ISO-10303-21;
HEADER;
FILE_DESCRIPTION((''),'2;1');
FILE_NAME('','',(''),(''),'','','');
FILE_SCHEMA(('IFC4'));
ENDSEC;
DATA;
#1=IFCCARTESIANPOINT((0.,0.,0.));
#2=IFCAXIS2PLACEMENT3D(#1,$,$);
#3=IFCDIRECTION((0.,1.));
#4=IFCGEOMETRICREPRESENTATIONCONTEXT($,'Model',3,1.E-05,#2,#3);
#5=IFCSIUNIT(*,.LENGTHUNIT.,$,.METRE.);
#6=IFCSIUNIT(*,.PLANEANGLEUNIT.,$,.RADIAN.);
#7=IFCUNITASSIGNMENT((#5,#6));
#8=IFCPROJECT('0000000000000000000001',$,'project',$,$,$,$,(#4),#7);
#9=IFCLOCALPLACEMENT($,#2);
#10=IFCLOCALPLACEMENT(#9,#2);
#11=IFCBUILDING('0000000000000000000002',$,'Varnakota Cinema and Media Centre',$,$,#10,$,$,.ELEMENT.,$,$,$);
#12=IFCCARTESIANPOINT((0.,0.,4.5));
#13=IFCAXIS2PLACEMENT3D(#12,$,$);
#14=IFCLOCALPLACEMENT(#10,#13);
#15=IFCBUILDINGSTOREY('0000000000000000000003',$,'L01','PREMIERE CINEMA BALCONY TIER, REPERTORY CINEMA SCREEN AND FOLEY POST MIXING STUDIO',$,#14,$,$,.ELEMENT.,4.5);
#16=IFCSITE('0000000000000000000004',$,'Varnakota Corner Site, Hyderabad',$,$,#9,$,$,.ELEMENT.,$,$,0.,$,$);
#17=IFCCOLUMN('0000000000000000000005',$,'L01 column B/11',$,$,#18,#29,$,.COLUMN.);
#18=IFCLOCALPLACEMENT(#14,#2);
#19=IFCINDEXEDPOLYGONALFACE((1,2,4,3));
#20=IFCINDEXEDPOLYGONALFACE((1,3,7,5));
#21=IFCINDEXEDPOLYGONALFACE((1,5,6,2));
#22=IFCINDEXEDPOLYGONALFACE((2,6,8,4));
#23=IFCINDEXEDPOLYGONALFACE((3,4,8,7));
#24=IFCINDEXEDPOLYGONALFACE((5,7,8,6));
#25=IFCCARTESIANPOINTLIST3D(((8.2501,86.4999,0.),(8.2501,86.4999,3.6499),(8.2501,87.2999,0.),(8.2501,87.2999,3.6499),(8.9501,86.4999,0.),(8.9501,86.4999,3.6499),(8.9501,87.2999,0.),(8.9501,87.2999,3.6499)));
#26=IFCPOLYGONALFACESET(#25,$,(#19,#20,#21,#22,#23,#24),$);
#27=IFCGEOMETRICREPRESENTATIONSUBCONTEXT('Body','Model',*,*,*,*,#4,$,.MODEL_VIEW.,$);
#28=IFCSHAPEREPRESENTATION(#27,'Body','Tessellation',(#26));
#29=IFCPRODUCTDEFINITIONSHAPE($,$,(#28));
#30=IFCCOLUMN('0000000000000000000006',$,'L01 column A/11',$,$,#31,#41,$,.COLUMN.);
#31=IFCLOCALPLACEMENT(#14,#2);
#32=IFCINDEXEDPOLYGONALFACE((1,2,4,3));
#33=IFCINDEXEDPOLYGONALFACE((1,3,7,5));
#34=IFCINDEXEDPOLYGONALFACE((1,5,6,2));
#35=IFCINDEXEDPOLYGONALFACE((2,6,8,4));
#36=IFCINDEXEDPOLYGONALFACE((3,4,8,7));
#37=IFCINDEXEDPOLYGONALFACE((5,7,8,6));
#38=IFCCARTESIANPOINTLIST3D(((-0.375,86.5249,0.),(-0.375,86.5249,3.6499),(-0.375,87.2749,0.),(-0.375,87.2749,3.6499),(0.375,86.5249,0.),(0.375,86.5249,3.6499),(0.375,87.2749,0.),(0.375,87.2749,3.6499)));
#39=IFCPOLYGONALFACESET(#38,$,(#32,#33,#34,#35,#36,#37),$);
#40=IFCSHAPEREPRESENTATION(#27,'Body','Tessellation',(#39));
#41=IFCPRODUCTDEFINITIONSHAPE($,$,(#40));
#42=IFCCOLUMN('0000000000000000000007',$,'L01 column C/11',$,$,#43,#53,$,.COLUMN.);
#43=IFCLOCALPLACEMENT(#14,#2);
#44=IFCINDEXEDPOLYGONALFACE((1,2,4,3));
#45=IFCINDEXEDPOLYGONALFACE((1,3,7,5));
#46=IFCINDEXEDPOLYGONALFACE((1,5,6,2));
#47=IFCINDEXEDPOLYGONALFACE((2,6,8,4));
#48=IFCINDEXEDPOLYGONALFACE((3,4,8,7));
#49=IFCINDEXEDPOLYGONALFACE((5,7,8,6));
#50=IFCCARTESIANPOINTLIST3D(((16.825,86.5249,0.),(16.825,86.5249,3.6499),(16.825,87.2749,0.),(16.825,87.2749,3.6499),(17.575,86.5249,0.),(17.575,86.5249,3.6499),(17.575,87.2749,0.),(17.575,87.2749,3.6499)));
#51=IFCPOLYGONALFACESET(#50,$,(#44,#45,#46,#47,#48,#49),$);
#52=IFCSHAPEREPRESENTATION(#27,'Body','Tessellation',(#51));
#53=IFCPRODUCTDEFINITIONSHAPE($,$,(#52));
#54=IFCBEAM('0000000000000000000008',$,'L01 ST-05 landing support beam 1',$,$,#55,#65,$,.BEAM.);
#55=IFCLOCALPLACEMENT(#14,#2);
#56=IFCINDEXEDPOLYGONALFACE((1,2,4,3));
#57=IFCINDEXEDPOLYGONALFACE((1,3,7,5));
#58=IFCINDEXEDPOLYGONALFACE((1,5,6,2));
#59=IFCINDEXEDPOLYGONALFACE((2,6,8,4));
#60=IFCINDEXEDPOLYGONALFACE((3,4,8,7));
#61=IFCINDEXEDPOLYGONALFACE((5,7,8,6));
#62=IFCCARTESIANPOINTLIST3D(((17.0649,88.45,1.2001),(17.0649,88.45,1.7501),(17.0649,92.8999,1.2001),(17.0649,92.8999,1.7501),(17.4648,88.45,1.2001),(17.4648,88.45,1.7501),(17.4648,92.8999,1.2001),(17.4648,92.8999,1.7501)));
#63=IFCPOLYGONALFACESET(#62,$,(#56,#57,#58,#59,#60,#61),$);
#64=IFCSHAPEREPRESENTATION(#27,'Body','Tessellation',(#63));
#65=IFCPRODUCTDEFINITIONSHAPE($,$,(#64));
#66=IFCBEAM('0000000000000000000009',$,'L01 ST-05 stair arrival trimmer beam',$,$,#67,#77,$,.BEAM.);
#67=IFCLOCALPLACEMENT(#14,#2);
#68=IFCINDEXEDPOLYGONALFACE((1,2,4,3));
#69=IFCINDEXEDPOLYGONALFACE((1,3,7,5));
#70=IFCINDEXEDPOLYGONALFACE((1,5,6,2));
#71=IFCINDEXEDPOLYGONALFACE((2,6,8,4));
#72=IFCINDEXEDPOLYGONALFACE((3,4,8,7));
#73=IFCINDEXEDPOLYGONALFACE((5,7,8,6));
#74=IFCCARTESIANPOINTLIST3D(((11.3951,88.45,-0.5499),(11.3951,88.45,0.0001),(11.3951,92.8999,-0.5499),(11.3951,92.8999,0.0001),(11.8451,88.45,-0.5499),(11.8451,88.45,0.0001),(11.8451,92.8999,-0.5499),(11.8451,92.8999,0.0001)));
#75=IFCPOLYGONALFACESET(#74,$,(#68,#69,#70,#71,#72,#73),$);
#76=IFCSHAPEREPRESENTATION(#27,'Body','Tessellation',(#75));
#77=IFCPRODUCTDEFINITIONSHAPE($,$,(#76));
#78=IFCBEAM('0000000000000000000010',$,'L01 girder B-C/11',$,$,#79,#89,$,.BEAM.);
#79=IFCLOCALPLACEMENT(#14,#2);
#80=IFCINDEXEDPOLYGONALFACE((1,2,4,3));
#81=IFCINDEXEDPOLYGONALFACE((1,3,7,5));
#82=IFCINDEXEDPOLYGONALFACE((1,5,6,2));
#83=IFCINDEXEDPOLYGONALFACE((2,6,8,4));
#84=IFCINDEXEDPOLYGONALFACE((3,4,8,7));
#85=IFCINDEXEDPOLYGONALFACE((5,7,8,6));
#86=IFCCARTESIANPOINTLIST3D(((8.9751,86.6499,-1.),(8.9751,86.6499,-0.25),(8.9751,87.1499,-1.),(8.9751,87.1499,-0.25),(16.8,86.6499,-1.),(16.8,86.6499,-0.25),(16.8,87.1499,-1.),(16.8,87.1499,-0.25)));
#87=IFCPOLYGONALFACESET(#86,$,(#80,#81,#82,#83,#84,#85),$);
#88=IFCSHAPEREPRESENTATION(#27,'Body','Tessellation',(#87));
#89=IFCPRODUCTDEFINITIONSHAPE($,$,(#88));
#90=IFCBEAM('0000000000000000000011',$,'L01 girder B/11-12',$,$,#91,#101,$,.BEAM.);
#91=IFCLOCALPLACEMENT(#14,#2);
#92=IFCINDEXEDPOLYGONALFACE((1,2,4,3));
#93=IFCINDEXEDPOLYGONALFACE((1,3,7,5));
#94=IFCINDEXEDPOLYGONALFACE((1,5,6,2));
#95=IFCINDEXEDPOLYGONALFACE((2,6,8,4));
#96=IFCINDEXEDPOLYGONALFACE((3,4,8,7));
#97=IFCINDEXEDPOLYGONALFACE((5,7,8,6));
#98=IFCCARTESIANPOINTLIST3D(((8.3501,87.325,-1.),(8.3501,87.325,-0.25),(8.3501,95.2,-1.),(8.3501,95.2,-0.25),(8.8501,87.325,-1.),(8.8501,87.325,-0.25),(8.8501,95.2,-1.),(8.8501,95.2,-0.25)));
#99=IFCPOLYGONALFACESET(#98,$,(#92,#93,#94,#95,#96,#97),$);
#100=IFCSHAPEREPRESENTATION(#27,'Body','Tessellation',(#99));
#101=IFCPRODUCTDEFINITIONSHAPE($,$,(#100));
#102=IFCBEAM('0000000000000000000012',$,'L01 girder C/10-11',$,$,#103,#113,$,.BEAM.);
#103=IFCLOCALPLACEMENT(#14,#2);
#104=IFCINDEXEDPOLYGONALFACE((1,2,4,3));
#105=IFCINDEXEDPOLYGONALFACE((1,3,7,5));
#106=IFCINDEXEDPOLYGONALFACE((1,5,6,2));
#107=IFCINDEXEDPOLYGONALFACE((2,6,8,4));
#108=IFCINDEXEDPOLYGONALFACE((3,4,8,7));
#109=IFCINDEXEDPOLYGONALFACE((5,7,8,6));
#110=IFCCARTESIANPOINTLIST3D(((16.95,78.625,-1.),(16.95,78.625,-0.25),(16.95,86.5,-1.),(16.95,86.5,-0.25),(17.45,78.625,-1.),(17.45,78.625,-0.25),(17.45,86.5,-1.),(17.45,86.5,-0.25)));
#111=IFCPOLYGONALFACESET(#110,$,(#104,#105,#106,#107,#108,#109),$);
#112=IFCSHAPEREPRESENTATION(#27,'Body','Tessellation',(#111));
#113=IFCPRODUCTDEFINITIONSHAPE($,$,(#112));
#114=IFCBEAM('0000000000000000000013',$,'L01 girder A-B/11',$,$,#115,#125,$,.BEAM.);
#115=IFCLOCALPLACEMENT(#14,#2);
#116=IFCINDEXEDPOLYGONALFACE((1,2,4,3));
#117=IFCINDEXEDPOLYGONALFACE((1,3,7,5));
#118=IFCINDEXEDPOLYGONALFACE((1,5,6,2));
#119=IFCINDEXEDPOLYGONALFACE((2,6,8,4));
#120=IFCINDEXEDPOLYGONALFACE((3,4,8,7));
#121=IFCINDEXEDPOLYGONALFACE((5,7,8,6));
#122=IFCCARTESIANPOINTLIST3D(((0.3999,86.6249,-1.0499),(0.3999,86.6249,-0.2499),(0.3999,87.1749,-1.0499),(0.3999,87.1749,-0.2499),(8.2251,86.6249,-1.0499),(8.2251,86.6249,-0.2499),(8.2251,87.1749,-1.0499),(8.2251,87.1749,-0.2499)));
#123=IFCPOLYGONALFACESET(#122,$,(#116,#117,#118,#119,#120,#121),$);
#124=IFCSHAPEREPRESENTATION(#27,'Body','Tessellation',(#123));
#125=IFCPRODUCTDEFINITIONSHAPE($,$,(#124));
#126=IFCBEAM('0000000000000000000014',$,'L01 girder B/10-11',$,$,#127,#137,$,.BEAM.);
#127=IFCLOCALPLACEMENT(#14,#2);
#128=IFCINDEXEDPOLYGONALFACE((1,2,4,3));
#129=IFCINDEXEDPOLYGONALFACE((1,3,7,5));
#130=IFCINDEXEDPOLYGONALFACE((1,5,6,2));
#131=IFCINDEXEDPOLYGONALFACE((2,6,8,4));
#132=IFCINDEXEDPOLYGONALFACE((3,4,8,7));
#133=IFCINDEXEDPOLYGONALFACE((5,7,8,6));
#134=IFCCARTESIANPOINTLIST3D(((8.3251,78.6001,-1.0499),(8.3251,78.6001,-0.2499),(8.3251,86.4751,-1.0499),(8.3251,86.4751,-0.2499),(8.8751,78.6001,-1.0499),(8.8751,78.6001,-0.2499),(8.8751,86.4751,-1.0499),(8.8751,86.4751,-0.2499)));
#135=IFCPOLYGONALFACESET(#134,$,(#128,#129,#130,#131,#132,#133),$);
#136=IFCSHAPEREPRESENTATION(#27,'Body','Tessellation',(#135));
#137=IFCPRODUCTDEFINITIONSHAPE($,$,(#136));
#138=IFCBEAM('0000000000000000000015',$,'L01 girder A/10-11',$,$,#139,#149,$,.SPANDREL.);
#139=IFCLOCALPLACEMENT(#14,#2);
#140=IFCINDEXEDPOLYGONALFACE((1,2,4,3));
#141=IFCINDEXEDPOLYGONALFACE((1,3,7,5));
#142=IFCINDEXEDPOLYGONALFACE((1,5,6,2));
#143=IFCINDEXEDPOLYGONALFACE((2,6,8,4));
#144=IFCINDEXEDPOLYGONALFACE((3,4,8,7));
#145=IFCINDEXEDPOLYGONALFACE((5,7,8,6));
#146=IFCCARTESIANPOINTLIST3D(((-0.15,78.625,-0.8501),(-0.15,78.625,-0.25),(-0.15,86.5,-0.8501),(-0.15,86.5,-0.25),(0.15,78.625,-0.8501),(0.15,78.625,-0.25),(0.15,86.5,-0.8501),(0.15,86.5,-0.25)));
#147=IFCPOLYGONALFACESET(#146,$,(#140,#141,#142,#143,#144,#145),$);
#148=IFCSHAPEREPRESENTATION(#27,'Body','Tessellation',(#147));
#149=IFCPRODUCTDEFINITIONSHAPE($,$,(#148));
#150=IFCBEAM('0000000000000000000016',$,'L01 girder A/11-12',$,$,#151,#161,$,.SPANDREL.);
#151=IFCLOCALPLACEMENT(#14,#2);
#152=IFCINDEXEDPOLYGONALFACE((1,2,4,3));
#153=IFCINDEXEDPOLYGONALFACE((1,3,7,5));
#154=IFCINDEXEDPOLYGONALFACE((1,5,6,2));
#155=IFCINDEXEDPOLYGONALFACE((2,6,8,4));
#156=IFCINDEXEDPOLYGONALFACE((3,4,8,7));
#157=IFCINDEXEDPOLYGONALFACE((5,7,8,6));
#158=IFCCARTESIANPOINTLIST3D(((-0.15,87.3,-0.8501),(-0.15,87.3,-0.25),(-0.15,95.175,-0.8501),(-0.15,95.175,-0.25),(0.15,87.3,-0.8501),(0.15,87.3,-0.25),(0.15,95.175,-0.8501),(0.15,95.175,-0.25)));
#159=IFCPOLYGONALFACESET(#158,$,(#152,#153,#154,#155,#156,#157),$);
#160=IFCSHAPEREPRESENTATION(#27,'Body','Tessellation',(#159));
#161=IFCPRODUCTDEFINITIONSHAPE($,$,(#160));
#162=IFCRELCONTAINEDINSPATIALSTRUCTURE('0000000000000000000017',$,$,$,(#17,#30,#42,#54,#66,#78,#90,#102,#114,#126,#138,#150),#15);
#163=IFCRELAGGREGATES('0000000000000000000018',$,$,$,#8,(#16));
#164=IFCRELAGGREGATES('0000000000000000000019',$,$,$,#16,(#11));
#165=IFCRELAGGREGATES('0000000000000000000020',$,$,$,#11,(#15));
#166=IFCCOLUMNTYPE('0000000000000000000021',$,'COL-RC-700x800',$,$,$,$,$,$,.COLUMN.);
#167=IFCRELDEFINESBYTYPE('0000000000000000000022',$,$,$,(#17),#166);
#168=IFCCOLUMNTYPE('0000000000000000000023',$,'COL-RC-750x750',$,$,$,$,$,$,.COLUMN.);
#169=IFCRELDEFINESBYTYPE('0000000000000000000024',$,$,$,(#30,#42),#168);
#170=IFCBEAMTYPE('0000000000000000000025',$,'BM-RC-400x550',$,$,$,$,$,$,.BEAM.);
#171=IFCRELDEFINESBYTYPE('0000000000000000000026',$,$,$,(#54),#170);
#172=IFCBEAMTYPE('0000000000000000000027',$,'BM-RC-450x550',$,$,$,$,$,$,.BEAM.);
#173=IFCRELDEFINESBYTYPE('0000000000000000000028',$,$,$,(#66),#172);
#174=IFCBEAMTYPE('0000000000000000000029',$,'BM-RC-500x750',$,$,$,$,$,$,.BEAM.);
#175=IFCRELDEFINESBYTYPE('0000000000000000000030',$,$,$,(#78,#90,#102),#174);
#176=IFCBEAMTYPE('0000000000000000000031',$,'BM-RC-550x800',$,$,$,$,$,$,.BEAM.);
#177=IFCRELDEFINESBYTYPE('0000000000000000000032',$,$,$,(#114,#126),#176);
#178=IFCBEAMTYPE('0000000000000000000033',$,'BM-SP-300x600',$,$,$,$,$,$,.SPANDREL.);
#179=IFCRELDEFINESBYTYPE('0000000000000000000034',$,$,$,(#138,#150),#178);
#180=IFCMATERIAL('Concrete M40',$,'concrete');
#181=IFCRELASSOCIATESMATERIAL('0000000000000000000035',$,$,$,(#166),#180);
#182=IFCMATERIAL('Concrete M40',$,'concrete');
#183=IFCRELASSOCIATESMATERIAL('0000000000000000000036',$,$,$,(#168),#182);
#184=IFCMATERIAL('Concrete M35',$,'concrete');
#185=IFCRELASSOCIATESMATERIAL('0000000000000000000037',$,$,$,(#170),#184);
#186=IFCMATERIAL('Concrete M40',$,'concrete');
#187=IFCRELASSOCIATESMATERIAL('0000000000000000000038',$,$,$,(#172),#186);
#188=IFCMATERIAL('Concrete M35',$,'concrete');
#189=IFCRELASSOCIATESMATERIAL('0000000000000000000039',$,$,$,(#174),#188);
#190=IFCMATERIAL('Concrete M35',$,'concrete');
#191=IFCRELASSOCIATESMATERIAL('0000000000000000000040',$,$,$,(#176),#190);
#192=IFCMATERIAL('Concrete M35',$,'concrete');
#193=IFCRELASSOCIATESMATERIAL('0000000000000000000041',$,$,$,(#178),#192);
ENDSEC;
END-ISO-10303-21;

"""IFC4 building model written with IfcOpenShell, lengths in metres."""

from ifc_helpers import new_model, si_unit, direction, frame, origin, origin_2d, place, context, subcontext, project, spatial, rectangle, extrude, material, material_profile, profile_set, type_object, element, save


model = new_model("IFC4")

# Units and contexts
model_context = context("Model", 3, precision=1e-05, world=origin(), true_north=direction((0.0, 1.0)))
body_context = subcontext(model_context, "Body", "Model", "MODEL_VIEW")
ifc_project = project(units=[si_unit("LENGTHUNIT", "METRE"), si_unit("PLANEANGLEUNIT", "RADIAN")], contexts=[model_context])

# Site, building, storey
site_placement = place(None, origin())
site = spatial("IfcSite", under=ifc_project, at=site_placement, Name="Varnakota Corner Site, Hyderabad", CompositionType="ELEMENT", RefElevation=0.0)
building_placement = place(site_placement, origin())
building = spatial("IfcBuilding", under=site, at=building_placement, Name="Varnakota Cinema and Media Centre", CompositionType="ELEMENT")
storey_placement = place(building_placement, frame((0.0, 0.0, 4.5)))
storey = spatial("IfcBuildingStorey", under=building, at=storey_placement, Name="L01", Description="PREMIERE CINEMA BALCONY TIER, REPERTORY CINEMA SCREEN AND FOLEY POST MIXING STUDIO", CompositionType="ELEMENT", Elevation=4.5)

# Columns
ifc_material_1 = material(Name="Concrete M40", Category="concrete")
ifc_material_profile_1 = material_profile(ifc_material_1, rectangle(XDim=0.7, YDim=0.8, at=origin_2d()), Name="RC 700x800")
ifc_profile_set_1 = profile_set([ifc_material_profile_1], Name="Concrete M40")
column_type_1 = type_object("IfcColumnType", Name="COL-RC-700x800", PredefinedType="COLUMN", material=ifc_profile_set_1)
column_placement = place(storey_placement, frame((8.6001, 86.8999, 0.0), z_axis=(0.0, 0.0, 1.0), x_axis=(1.0, 0.0, 0.0)))
element("IfcColumn", 1, at=column_placement, inside=storey, type_object=column_type_1, Name="L01 column B/11", PredefinedType="COLUMN", context=body_context, shape_type="SweptSolid", body=[
    extrude(rectangle(XDim=0.7, YDim=0.8, at=origin_2d()), origin(), (0.0, 0.0, 1.0), 3.6499),
])
ifc_material_2 = material(Name="Concrete M40", Category="concrete")
ifc_material_profile_2 = material_profile(ifc_material_2, rectangle(XDim=0.75, YDim=0.75, at=origin_2d()), Name="RC 750x750")
ifc_profile_set_2 = profile_set([ifc_material_profile_2], Name="Concrete M40")
column_type_2 = type_object("IfcColumnType", Name="COL-RC-750x750", PredefinedType="COLUMN", material=ifc_profile_set_2)
for number, where, z_axis, x_axis, name in (
    (2, (0.0, 86.8999, 0.0), (0.0, 0.0, 1.0), (1.0, 0.0, 0.0), "L01 column A/11"),
    (3, (17.2, 86.8999, 0.0), (0.0, 0.0, 1.0), (1.0, 0.0, 0.0), "L01 column C/11"),
):
    element("IfcColumn", number, at=place(storey_placement, frame(where, z_axis=z_axis, x_axis=x_axis)), inside=storey, type_object=column_type_2, Name=name, PredefinedType="COLUMN", context=body_context, shape_type="SweptSolid", body=[
        extrude(rectangle(XDim=0.75, YDim=0.75, at=origin_2d()), origin(), (0.0, 0.0, 1.0), 3.6499),
    ])

# Beams
ifc_material_3 = material(Name="Concrete M35", Category="concrete")
ifc_material_profile_3 = material_profile(ifc_material_3, rectangle(XDim=0.3999, YDim=0.55, at=origin_2d()), Name="RCB 400x550")
ifc_profile_set_3 = profile_set([ifc_material_profile_3], Name="Concrete M35")
beam_type_1 = type_object("IfcBeamType", Name="BM-RC-400x550", PredefinedType="BEAM", material=ifc_profile_set_3)
beam_1_placement = place(storey_placement, frame((17.2649, 88.45, 1.4751), z_axis=(0.0, 1.0, 0.0), x_axis=(-1.0, 0.0, 0.0)))
element("IfcBeam", 4, at=beam_1_placement, inside=storey, type_object=beam_type_1, Name="L01 ST-05 landing support beam 1", PredefinedType="BEAM", context=body_context, shape_type="SweptSolid", body=[
    extrude(rectangle(XDim=0.3999, YDim=0.55, at=origin_2d()), origin(), (0.0, 0.0, 1.0), 4.45),
])
ifc_material_4 = material(Name="Concrete M40", Category="concrete")
ifc_material_profile_4 = material_profile(ifc_material_4, rectangle(XDim=0.45, YDim=0.55, at=origin_2d()), Name="RCB 450x550")
ifc_profile_set_4 = profile_set([ifc_material_profile_4], Name="Concrete M40")
beam_type_2 = type_object("IfcBeamType", Name="BM-RC-450x550", PredefinedType="BEAM", material=ifc_profile_set_4)
beam_2_placement = place(storey_placement, frame((11.6201, 88.45, -0.2749), z_axis=(0.0, 1.0, 0.0), x_axis=(-1.0, 0.0, 0.0)))
element("IfcBeam", 5, at=beam_2_placement, inside=storey, type_object=beam_type_2, Name="L01 ST-05 stair arrival trimmer beam", PredefinedType="BEAM", context=body_context, shape_type="SweptSolid", body=[
    extrude(rectangle(XDim=0.45, YDim=0.55, at=origin_2d()), origin(), (0.0, 0.0, 1.0), 4.45),
])
ifc_material_5 = material(Name="Concrete M35", Category="concrete")
ifc_material_profile_5 = material_profile(ifc_material_5, rectangle(XDim=0.5, YDim=0.75, at=origin_2d()), Name="RCB 500x750")
ifc_profile_set_5 = profile_set([ifc_material_profile_5], Name="Concrete M35")
beam_type_3 = type_object("IfcBeamType", Name="BM-RC-500x750", PredefinedType="BEAM", material=ifc_profile_set_5)
beam_3_placement = place(storey_placement, frame((8.9751, 86.8999, -0.625), z_axis=(1.0, 0.0, 0.0), x_axis=(0.0, 1.0, 0.0)))
element("IfcBeam", 6, at=beam_3_placement, inside=storey, type_object=beam_type_3, Name="L01 girder B-C/11", PredefinedType="BEAM", context=body_context, shape_type="SweptSolid", body=[
    extrude(rectangle(XDim=0.5, YDim=0.75, at=origin_2d()), origin(), (0.0, 0.0, 1.0), 7.825),
])
for number, where, z_axis, x_axis, name in (
    (7, (8.6001, 87.325, -0.625), (0.0, 1.0, 0.0), (-1.0, 0.0, 0.0), "L01 girder B/11-12"),
    (8, (17.2, 78.625, -0.625), (0.0, 1.0, 0.0), (-1.0, 0.0, 0.0), "L01 girder C/10-11"),
):
    element("IfcBeam", number, at=place(storey_placement, frame(where, z_axis=z_axis, x_axis=x_axis)), inside=storey, type_object=beam_type_3, Name=name, PredefinedType="BEAM", context=body_context, shape_type="SweptSolid", body=[
        extrude(rectangle(XDim=0.5, YDim=0.75, at=origin_2d()), origin(), (0.0, 0.0, 1.0), 7.875),
    ])
ifc_material_6 = material(Name="Concrete M35", Category="concrete")
ifc_material_profile_6 = material_profile(ifc_material_6, rectangle(XDim=0.55, YDim=0.8, at=origin_2d()), Name="RCB 550x800")
ifc_profile_set_6 = profile_set([ifc_material_profile_6], Name="Concrete M35")
beam_type_4 = type_object("IfcBeamType", Name="BM-RC-550x800", PredefinedType="BEAM", material=ifc_profile_set_6)
beam_4_placement = place(storey_placement, frame((0.3999, 86.8999, -0.6499), z_axis=(1.0, 0.0, 0.0), x_axis=(0.0, 1.0, 0.0)))
element("IfcBeam", 9, at=beam_4_placement, inside=storey, type_object=beam_type_4, Name="L01 girder A-B/11", PredefinedType="BEAM", context=body_context, shape_type="SweptSolid", body=[
    extrude(rectangle(XDim=0.55, YDim=0.8, at=origin_2d()), origin(), (0.0, 0.0, 1.0), 7.8252),
])
beam_5_placement = place(storey_placement, frame((8.6001, 78.6001, -0.6499), z_axis=(0.0, 1.0, 0.0), x_axis=(-1.0, 0.0, 0.0)))
element("IfcBeam", 10, at=beam_5_placement, inside=storey, type_object=beam_type_4, Name="L01 girder B/10-11", PredefinedType="BEAM", context=body_context, shape_type="SweptSolid", body=[
    extrude(rectangle(XDim=0.55, YDim=0.8, at=origin_2d()), origin(), (0.0, 0.0, 1.0), 7.875),
])
ifc_material_7 = material(Name="Concrete M35", Category="concrete")
ifc_material_profile_7 = material_profile(ifc_material_7, rectangle(XDim=0.3, YDim=0.6001, at=origin_2d()), Name="RCB 300x600")
ifc_profile_set_7 = profile_set([ifc_material_profile_7], Name="Concrete M35")
beam_type_5 = type_object("IfcBeamType", Name="BM-SP-300x600", PredefinedType="SPANDREL", material=ifc_profile_set_7)
for number, where, z_axis, x_axis, name in (
    (11, (0.0, 78.625, -0.55), (0.0, 1.0, 0.0), (-1.0, 0.0, 0.0), "L01 girder A/10-11"),
    (12, (0.0, 87.3, -0.55), (0.0, 1.0, 0.0), (-1.0, 0.0, 0.0), "L01 girder A/11-12"),
):
    element("IfcBeam", number, at=place(storey_placement, frame(where, z_axis=z_axis, x_axis=x_axis)), inside=storey, type_object=beam_type_5, Name=name, PredefinedType="SPANDREL", context=body_context, shape_type="SweptSolid", body=[
        extrude(rectangle(XDim=0.3, YDim=0.6001, at=origin_2d()), origin(), (0.0, 0.0, 1.0), 7.875),
    ])

save(model, "model.ifc")
